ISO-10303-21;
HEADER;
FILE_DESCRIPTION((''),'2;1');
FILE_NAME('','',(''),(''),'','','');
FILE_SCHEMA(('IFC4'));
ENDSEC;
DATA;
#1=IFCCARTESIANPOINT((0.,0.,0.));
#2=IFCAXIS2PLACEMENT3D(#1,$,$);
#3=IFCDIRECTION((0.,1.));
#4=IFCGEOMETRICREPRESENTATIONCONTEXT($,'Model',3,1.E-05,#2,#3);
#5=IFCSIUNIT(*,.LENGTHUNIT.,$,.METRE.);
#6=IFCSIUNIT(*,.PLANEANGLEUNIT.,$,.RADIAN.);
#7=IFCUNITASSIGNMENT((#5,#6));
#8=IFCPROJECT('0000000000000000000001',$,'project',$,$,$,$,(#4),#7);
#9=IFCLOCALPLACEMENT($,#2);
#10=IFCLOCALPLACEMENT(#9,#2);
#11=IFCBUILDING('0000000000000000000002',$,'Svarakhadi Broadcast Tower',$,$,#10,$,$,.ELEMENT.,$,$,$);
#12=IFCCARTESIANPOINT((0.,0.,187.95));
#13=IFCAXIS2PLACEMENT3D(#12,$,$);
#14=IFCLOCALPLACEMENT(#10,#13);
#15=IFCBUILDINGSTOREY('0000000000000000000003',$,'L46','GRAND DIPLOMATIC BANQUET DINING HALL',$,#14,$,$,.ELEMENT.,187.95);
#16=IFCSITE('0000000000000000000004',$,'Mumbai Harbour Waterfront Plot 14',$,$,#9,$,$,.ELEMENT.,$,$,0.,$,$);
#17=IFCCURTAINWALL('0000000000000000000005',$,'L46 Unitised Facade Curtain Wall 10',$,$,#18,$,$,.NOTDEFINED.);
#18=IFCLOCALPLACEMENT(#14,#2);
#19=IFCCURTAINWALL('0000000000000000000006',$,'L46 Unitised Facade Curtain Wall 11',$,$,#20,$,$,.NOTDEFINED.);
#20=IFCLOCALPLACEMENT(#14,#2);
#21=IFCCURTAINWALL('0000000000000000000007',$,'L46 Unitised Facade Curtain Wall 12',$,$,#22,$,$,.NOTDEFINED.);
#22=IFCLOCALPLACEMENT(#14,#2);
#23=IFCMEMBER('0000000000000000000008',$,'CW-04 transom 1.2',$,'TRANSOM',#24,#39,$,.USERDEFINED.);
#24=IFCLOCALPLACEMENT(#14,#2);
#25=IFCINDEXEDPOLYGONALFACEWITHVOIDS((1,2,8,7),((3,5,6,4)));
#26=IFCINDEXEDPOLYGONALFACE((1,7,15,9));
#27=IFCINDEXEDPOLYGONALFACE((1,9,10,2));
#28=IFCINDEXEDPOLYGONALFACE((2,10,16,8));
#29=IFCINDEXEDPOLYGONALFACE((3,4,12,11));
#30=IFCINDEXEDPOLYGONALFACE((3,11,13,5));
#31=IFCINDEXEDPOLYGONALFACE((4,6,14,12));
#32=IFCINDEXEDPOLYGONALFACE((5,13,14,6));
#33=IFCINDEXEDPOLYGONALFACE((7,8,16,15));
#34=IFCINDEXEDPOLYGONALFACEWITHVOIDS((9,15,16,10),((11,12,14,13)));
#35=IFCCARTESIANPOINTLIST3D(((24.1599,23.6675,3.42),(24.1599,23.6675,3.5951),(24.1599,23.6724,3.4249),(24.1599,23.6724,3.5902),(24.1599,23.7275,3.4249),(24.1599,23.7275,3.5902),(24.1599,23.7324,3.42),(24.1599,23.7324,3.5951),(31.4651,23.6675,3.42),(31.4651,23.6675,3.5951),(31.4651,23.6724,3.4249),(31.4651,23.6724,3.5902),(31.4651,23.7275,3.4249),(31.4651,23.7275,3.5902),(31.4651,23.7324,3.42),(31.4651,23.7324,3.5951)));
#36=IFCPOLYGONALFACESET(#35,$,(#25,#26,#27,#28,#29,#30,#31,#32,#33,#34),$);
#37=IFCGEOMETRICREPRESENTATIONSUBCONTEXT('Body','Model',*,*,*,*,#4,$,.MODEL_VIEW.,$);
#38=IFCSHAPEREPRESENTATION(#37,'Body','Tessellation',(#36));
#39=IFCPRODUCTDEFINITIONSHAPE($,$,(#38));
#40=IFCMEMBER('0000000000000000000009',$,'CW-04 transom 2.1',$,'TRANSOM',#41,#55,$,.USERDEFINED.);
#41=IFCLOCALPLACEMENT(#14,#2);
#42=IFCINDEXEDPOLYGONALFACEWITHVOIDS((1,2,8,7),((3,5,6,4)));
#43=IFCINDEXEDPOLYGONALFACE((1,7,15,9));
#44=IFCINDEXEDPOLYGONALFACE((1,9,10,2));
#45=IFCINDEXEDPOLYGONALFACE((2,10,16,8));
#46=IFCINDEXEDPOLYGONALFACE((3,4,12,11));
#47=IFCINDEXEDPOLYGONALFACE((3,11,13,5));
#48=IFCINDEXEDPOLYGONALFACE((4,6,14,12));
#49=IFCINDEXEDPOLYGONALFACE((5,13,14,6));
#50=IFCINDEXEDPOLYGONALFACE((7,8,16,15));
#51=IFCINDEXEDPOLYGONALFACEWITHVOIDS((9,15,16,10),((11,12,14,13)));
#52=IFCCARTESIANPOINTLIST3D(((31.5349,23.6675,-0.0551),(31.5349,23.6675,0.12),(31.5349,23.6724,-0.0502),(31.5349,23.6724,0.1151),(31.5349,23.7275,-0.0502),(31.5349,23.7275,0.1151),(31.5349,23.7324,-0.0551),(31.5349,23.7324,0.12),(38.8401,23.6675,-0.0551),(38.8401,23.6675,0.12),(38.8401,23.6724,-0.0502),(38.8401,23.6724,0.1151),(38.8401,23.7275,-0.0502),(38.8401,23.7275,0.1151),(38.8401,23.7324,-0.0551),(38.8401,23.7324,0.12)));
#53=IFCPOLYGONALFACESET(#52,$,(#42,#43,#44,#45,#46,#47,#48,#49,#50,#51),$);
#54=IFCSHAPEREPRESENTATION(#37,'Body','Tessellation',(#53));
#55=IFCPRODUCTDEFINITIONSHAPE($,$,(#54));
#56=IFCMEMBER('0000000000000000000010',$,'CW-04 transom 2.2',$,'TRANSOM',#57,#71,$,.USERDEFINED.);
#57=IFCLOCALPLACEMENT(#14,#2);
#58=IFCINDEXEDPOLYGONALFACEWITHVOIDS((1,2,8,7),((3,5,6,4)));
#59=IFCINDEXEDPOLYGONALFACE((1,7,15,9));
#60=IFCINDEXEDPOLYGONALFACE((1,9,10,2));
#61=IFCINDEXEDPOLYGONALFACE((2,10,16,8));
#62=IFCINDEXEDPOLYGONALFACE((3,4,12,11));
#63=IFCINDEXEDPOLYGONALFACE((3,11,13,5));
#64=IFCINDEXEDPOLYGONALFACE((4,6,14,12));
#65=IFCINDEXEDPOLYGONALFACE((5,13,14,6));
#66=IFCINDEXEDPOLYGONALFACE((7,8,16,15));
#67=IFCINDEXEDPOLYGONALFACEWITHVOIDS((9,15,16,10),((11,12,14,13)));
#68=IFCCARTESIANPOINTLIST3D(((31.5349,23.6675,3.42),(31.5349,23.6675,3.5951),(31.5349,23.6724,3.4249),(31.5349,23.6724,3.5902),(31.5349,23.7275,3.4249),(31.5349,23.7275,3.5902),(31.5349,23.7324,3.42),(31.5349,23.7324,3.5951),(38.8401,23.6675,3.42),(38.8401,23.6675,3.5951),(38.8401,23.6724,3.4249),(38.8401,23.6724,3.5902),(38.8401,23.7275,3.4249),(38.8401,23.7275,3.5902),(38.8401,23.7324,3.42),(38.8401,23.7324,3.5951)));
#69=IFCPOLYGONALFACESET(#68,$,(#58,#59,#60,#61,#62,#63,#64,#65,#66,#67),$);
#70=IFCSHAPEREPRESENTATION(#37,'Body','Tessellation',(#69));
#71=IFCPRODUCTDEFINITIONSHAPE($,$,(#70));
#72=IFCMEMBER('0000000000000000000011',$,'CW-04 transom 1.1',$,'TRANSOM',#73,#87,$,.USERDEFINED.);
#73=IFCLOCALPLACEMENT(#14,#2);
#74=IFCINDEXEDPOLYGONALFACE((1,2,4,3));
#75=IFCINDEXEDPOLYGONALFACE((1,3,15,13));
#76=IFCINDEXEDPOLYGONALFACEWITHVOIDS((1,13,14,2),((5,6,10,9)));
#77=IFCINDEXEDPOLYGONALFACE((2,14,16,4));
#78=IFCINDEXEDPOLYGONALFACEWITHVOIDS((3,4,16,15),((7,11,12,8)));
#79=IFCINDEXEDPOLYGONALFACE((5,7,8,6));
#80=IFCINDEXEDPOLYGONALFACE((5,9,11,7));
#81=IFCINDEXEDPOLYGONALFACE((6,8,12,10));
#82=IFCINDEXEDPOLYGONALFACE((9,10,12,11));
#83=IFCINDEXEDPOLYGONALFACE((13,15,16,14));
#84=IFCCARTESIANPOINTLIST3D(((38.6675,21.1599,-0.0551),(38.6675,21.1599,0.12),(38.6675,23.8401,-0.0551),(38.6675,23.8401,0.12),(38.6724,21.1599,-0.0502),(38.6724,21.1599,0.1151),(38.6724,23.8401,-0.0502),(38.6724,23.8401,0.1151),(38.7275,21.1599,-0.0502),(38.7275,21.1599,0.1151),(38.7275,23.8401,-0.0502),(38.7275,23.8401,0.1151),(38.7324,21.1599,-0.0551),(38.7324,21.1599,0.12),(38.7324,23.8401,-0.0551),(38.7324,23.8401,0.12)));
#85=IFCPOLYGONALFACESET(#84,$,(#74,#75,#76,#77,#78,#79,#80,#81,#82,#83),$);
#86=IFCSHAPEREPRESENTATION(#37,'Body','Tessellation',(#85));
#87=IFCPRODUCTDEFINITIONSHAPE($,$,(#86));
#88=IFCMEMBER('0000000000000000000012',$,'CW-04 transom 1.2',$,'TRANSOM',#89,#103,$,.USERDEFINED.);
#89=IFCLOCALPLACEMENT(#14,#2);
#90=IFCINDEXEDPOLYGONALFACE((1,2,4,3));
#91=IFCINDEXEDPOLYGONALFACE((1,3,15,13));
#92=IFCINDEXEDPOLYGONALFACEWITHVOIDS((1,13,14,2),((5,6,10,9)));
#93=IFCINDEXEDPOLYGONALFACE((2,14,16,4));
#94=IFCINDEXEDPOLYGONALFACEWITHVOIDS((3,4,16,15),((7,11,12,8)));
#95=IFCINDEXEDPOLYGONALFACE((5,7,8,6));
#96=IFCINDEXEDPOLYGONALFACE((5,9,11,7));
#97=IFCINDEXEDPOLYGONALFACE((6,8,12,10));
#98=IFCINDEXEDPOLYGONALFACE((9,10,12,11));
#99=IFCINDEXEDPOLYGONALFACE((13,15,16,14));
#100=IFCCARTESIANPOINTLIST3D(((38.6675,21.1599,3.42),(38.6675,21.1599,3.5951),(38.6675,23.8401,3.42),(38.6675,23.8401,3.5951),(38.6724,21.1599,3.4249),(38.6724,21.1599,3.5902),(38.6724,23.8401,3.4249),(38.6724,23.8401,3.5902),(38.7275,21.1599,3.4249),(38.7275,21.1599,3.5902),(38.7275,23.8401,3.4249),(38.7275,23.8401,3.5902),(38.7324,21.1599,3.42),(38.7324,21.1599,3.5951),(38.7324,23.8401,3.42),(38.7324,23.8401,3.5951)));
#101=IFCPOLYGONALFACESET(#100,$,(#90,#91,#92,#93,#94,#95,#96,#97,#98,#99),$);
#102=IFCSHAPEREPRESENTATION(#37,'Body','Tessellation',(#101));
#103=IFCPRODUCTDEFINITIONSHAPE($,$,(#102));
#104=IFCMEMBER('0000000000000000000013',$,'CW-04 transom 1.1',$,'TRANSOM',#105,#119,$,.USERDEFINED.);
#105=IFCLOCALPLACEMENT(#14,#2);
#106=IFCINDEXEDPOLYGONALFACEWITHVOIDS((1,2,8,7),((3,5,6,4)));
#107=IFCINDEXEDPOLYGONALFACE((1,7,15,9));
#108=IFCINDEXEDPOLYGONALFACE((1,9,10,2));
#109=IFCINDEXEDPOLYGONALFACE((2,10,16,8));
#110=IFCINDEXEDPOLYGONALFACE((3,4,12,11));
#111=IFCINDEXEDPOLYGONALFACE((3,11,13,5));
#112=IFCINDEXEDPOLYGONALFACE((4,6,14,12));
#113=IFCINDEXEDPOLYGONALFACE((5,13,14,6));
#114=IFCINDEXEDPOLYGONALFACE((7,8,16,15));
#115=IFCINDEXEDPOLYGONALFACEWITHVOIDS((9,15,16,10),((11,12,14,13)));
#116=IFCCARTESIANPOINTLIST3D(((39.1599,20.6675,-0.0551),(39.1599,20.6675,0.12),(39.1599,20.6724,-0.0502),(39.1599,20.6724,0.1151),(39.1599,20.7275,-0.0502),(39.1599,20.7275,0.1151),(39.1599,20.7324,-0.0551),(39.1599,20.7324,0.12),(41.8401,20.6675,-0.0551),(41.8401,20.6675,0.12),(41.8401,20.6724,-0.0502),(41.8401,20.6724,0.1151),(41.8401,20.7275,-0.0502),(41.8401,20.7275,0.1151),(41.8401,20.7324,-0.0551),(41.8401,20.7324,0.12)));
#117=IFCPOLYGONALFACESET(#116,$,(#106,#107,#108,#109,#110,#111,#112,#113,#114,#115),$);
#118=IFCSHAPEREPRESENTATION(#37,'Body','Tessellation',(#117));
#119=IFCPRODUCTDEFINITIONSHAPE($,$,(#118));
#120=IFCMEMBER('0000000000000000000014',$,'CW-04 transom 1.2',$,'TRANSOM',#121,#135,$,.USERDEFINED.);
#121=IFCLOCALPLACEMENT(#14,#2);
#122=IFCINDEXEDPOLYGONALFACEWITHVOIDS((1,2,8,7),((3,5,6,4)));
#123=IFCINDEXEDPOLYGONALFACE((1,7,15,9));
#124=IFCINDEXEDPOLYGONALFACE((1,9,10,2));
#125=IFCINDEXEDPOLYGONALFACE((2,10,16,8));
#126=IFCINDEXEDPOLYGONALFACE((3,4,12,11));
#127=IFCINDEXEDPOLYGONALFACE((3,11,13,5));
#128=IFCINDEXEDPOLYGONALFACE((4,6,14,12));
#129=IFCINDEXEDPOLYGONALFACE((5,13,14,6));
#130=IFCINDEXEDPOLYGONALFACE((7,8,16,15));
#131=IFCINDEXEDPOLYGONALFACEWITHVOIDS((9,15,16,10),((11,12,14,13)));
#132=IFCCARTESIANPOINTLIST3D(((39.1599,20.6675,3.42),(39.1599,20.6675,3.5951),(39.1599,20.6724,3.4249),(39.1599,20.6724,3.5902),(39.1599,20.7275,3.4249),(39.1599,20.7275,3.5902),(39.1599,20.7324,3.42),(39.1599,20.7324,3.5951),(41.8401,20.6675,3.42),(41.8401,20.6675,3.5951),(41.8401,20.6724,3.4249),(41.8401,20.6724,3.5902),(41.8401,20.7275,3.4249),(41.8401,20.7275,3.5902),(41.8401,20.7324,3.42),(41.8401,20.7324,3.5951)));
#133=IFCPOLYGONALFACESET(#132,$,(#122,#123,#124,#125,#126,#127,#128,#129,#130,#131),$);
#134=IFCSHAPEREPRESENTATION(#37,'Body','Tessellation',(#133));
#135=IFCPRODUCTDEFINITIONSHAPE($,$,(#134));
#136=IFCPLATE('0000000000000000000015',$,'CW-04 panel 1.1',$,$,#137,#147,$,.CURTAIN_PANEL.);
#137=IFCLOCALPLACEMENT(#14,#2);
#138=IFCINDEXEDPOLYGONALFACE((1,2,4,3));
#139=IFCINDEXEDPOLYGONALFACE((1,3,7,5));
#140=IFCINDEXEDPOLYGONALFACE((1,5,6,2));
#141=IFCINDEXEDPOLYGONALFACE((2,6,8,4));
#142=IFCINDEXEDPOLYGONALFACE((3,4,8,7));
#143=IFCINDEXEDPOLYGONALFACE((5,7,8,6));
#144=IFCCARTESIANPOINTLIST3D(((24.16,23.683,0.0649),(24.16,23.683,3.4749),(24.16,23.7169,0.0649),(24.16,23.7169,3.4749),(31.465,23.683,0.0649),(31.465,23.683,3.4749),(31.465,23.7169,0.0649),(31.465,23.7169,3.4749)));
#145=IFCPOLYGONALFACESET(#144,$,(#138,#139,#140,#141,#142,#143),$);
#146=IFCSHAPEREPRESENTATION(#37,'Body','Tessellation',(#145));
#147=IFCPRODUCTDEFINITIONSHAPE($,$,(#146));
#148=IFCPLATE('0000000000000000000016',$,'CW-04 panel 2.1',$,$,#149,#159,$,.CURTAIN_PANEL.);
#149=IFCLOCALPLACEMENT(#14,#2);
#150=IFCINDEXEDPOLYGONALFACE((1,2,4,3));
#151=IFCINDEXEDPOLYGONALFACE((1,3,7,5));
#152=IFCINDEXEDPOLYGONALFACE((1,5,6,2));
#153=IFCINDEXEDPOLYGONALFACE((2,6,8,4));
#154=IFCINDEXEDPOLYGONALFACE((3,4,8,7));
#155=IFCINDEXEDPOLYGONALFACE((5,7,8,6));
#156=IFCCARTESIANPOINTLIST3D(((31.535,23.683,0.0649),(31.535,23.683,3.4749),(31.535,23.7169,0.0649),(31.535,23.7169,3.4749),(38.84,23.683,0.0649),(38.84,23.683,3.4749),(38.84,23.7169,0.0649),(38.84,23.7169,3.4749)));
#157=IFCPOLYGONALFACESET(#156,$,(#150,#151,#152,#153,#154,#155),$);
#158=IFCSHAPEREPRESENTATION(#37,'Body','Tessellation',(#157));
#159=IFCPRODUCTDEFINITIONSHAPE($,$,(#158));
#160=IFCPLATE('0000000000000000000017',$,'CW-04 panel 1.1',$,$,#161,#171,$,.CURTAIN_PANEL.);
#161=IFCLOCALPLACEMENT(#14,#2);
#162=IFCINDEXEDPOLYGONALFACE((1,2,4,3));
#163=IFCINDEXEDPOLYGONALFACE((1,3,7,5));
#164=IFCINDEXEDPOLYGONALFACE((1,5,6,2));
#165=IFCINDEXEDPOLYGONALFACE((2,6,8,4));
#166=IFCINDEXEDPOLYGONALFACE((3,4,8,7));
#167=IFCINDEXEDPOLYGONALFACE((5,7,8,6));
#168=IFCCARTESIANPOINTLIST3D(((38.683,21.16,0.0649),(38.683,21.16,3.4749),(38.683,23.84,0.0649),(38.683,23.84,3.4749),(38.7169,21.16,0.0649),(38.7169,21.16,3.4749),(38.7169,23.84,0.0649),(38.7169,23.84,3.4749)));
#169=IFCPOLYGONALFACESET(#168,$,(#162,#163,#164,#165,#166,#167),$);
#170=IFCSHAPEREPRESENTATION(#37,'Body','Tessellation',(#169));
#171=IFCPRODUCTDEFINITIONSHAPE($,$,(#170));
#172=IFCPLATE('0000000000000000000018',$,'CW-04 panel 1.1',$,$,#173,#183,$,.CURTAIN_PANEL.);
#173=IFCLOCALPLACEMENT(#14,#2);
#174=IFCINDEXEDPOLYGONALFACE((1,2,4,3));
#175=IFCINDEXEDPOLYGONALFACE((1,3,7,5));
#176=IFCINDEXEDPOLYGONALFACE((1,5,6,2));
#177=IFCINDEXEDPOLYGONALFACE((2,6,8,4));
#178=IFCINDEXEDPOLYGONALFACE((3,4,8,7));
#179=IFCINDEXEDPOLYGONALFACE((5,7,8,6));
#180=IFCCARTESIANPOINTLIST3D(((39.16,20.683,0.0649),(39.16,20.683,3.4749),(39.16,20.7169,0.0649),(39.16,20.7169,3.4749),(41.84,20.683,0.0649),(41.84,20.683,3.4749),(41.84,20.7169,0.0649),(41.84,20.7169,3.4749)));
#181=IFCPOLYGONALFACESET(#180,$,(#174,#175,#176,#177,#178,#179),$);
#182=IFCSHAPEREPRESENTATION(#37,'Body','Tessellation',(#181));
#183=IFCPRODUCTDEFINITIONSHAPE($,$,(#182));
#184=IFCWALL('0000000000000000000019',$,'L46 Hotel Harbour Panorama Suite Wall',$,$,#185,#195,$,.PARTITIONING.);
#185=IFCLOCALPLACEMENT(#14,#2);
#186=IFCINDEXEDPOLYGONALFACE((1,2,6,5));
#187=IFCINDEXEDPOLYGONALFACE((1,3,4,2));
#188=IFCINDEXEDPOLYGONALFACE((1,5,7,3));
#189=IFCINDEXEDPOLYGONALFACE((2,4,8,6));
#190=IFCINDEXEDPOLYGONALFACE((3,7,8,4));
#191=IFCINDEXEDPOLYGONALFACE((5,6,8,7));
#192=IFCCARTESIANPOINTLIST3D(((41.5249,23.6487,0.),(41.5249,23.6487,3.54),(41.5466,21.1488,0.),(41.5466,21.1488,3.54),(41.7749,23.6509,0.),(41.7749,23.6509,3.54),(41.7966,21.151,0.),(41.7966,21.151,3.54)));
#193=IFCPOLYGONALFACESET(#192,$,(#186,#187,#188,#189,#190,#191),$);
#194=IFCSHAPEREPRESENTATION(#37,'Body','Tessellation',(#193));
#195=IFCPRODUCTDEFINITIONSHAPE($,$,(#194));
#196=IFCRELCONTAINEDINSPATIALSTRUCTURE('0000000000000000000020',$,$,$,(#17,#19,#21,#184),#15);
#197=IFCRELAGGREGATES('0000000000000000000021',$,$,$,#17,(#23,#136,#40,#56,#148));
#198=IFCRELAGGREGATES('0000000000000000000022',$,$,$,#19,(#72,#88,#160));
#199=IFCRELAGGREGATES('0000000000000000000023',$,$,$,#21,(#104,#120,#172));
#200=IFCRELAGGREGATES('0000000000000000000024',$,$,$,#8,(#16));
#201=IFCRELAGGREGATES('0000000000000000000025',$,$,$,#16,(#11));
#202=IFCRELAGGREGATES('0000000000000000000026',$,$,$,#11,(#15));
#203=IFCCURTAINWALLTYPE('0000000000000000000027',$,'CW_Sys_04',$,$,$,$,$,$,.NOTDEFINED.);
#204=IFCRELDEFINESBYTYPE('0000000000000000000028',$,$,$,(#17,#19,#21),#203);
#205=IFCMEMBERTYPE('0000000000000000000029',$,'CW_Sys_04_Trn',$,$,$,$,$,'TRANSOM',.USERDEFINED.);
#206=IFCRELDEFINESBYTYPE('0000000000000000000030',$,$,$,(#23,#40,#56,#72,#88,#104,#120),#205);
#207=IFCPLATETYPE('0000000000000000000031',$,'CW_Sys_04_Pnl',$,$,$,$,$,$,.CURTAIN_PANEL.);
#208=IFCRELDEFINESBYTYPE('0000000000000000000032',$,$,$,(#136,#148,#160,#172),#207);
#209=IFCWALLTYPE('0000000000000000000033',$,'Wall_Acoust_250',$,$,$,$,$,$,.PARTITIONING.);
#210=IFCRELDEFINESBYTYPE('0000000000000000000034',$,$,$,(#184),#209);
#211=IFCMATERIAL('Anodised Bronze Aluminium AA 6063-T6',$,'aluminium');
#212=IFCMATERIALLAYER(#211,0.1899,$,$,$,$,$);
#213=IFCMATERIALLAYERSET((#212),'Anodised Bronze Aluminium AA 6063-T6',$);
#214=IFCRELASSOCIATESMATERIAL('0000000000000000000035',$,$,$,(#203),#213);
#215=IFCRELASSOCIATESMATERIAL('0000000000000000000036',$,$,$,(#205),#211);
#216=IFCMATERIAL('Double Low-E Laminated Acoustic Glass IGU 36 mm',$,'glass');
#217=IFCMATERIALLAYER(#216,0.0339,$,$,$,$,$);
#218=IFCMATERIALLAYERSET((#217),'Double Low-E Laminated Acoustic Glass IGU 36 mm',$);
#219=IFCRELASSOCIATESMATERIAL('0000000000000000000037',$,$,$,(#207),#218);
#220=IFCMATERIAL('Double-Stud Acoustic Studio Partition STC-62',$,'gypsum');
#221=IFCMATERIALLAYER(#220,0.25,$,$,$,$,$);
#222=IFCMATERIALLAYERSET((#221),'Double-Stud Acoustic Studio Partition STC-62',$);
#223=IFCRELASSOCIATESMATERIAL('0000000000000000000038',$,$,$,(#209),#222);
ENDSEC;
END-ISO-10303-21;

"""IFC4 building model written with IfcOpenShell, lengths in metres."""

from ifc_helpers import new_model, si_unit, direction, frame, frame_2d, origin, origin_2d, place, context, subcontext, project, spatial, rectangle, hollow_rectangle, extrude, material, layer, layer_set, material_profile, profile_set, type_object, element, aggregate, save


model = new_model("IFC4")

# Units and contexts
model_context = context("Model", 3, precision=1e-05, world=origin(), true_north=direction((0.0, 1.0)))
body_context = subcontext(model_context, "Body", "Model", "MODEL_VIEW")
ifc_project = project(units=[si_unit("LENGTHUNIT", "METRE"), si_unit("PLANEANGLEUNIT", "RADIAN")], contexts=[model_context])

# Site, building, storey
site_placement = place(None, origin())
site = spatial("IfcSite", under=ifc_project, at=site_placement, Name="Mumbai Harbour Waterfront Plot 14", CompositionType="ELEMENT", RefElevation=0.0)
building_placement = place(site_placement, origin())
building = spatial("IfcBuilding", under=site, at=building_placement, Name="Svarakhadi Broadcast Tower", CompositionType="ELEMENT")
storey_placement = place(building_placement, frame((0.0, 0.0, 187.95)))
storey = spatial("IfcBuildingStorey", under=building, at=storey_placement, Name="L46", Description="GRAND DIPLOMATIC BANQUET DINING HALL", CompositionType="ELEMENT", Elevation=187.95)

# Shared definitions
ifc_material_1 = material(Name="Anodised Bronze Aluminium AA 6063-T6", Category="aluminium")
ifc_layer_1 = layer(ifc_material_1, 0.1899)
ifc_layer_set_1 = layer_set([ifc_layer_1], Name="Anodised Bronze Aluminium AA 6063-T6")
curtain_wall_type = type_object("IfcCurtainWallType", Name="CW_Sys_04", PredefinedType="NOTDEFINED", material=ifc_layer_set_1)

# Curtain walls
curtain_wall_1_placement = place(storey_placement, origin())
curtain_wall_1 = element("IfcCurtainWall", 1, at=curtain_wall_1_placement, inside=storey, type_object=curtain_wall_type, Name="L46 Unitised Facade Curtain Wall 10", PredefinedType="NOTDEFINED")
curtain_wall_2_placement = place(storey_placement, origin())
curtain_wall_2 = element("IfcCurtainWall", 2, at=curtain_wall_2_placement, inside=storey, type_object=curtain_wall_type, Name="L46 Unitised Facade Curtain Wall 11", PredefinedType="NOTDEFINED")

# Curtain wall
curtain_wall_3_placement = place(storey_placement, origin())
curtain_wall_3 = element("IfcCurtainWall", 3, at=curtain_wall_3_placement, inside=storey, type_object=curtain_wall_type, Name="L46 Unitised Facade Curtain Wall 12", PredefinedType="NOTDEFINED")

# Members
ifc_material_profile_1 = material_profile(ifc_material_1, hollow_rectangle(XDim=0.0649, YDim=0.175, WallThickness=0.0049, at=origin_2d()), Name="ALU TRANSOM 175x65x5")
ifc_profile_set_1 = profile_set([ifc_material_profile_1], Name="Anodised Bronze Aluminium AA 6063-T6")
member_type_1 = type_object("IfcMemberType", Name="CW_Sys_04_Trn", ElementType="TRANSOM", PredefinedType="USERDEFINED", material=ifc_profile_set_1)
member_1_placement = place(storey_placement, frame((24.1599, 23.7, 3.5076), z_axis=(1.0, 0.0, 0.0), x_axis=(0.0, 1.0, 0.0)))
member_1 = element("IfcMember", 4, at=member_1_placement, type_object=member_type_1, Name="CW-04 transom 1.2", ObjectType="TRANSOM", PredefinedType="USERDEFINED", context=body_context, shape_type="SweptSolid", body=[
    extrude(hollow_rectangle(XDim=0.0649, YDim=0.175, WallThickness=0.0049, at=origin_2d()), origin(), (0.0, 0.0, 1.0), 7.3052),
])
member_2_placement = place(storey_placement, frame((31.5349, 23.7, 0.0325), z_axis=(1.0, 0.0, 0.0), x_axis=(0.0, 1.0, 0.0)))
member_2 = element("IfcMember", 5, at=member_2_placement, type_object=member_type_1, Name="CW-04 transom 2.1", ObjectType="TRANSOM", PredefinedType="USERDEFINED", context=body_context, shape_type="SweptSolid", body=[
    extrude(hollow_rectangle(XDim=0.0649, YDim=0.175, WallThickness=0.0049, at=origin_2d()), origin(), (0.0, 0.0, 1.0), 7.3052),
])
member_3_placement = place(storey_placement, frame((31.5349, 23.7, 3.5076), z_axis=(1.0, 0.0, 0.0), x_axis=(0.0, 1.0, 0.0)))
member_3 = element("IfcMember", 6, at=member_3_placement, type_object=member_type_1, Name="CW-04 transom 2.2", ObjectType="TRANSOM", PredefinedType="USERDEFINED", context=body_context, shape_type="SweptSolid", body=[
    extrude(hollow_rectangle(XDim=0.0649, YDim=0.175, WallThickness=0.0049, at=origin_2d()), origin(), (0.0, 0.0, 1.0), 7.3052),
])
member_4_placement = place(storey_placement, frame((38.7, 23.8401, 0.0325), z_axis=(0.0, -1.0, 0.0), x_axis=(1.0, 0.0, 0.0)))
member_4 = element("IfcMember", 7, at=member_4_placement, type_object=member_type_1, Name="CW-04 transom 1.1", ObjectType="TRANSOM", PredefinedType="USERDEFINED", context=body_context, shape_type="SweptSolid", body=[
    extrude(hollow_rectangle(XDim=0.0649, YDim=0.175, WallThickness=0.0049, at=origin_2d()), origin(), (0.0, 0.0, 1.0), 2.6802),
])
member_5_placement = place(storey_placement, frame((38.7, 23.8401, 3.5076), z_axis=(0.0, -1.0, 0.0), x_axis=(1.0, 0.0, 0.0)))
member_5 = element("IfcMember", 8, at=member_5_placement, type_object=member_type_1, Name="CW-04 transom 1.2", ObjectType="TRANSOM", PredefinedType="USERDEFINED", context=body_context, shape_type="SweptSolid", body=[
    extrude(hollow_rectangle(XDim=0.0649, YDim=0.175, WallThickness=0.0049, at=origin_2d()), origin(), (0.0, 0.0, 1.0), 2.6802),
])
member_6_placement = place(storey_placement, frame((39.1599, 20.7, 0.0325), z_axis=(1.0, 0.0, 0.0), x_axis=(0.0, 1.0, 0.0)))
member_6 = element("IfcMember", 9, at=member_6_placement, type_object=member_type_1, Name="CW-04 transom 1.1", ObjectType="TRANSOM", PredefinedType="USERDEFINED", context=body_context, shape_type="SweptSolid", body=[
    extrude(hollow_rectangle(XDim=0.0649, YDim=0.175, WallThickness=0.0049, at=origin_2d()), origin(), (0.0, 0.0, 1.0), 2.6802),
])
member_7_placement = place(storey_placement, frame((39.1599, 20.7, 3.5076), z_axis=(1.0, 0.0, 0.0), x_axis=(0.0, 1.0, 0.0)))
member_7 = element("IfcMember", 10, at=member_7_placement, type_object=member_type_1, Name="CW-04 transom 1.2", ObjectType="TRANSOM", PredefinedType="USERDEFINED", context=body_context, shape_type="SweptSolid", body=[
    extrude(hollow_rectangle(XDim=0.0649, YDim=0.175, WallThickness=0.0049, at=origin_2d()), origin(), (0.0, 0.0, 1.0), 2.6802),
])

# Plates
ifc_material_2 = material(Name="Double Low-E Laminated Acoustic Glass IGU 36 mm", Category="glass")
ifc_layer_2 = layer(ifc_material_2, 0.0339)
ifc_layer_set_2 = layer_set([ifc_layer_2], Name="Double Low-E Laminated Acoustic Glass IGU 36 mm")
plate_type = type_object("IfcPlateType", Name="CW_Sys_04_Pnl", PredefinedType="CURTAIN_PANEL", material=ifc_layer_set_2)
plate_1_placement = place(storey_placement, frame((27.8125, 23.7, 0.0649), z_axis=(0.0, 0.0, 1.0), x_axis=(1.0, 0.0, 0.0)))
plate_1 = element("IfcPlate", 11, at=plate_1_placement, type_object=plate_type, Name="CW-04 panel 1.1", PredefinedType="CURTAIN_PANEL", context=body_context, shape_type="SweptSolid", body=[
    extrude(rectangle(XDim=7.3049, YDim=0.0339, at=origin_2d()), origin(), (0.0, 0.0, 1.0), 3.4099),
])
plate_2_placement = place(storey_placement, frame((35.1875, 23.7, 0.0649), z_axis=(0.0, 0.0, 1.0), x_axis=(1.0, 0.0, 0.0)))
plate_2 = element("IfcPlate", 12, at=plate_2_placement, type_object=plate_type, Name="CW-04 panel 2.1", PredefinedType="CURTAIN_PANEL", context=body_context, shape_type="SweptSolid", body=[
    extrude(rectangle(XDim=7.3049, YDim=0.0339, at=origin_2d()), origin(), (0.0, 0.0, 1.0), 3.4099),
])
aggregate(curtain_wall_1, [member_1, plate_1, member_2, member_3, plate_2])
plate_3_placement = place(storey_placement, frame((38.7, 22.5, 0.0649), z_axis=(0.0, 0.0, 1.0), x_axis=(0.0, -1.0, 0.0)))
plate_3 = element("IfcPlate", 13, at=plate_3_placement, type_object=plate_type, Name="CW-04 panel 1.1", PredefinedType="CURTAIN_PANEL", context=body_context, shape_type="SweptSolid", body=[
    extrude(rectangle(XDim=2.6799, YDim=0.0339, at=origin_2d()), origin(), (0.0, 0.0, 1.0), 3.4099),
])
aggregate(curtain_wall_2, [member_4, member_5, plate_3])
plate_4_placement = place(storey_placement, frame((40.5, 20.7, 0.0649), z_axis=(0.0, 0.0, 1.0), x_axis=(1.0, 0.0, 0.0)))
plate_4 = element("IfcPlate", 14, at=plate_4_placement, type_object=plate_type, Name="CW-04 panel 1.1", PredefinedType="CURTAIN_PANEL", context=body_context, shape_type="SweptSolid", body=[
    extrude(rectangle(XDim=2.6799, YDim=0.0339, at=origin_2d()), origin(), (0.0, 0.0, 1.0), 3.4099),
])
aggregate(curtain_wall_3, [member_6, member_7, plate_4])

# Wall
ifc_material_3 = material(Name="Double-Stud Acoustic Studio Partition STC-62", Category="gypsum")
ifc_layer_3 = layer(ifc_material_3, 0.25)
ifc_layer_set_3 = layer_set([ifc_layer_3], Name="Double-Stud Acoustic Studio Partition STC-62")
wall_type_1 = type_object("IfcWallType", Name="Wall_Acoust_250", PredefinedType="PARTITIONING", material=ifc_layer_set_3)
wall_1_placement = place(storey_placement, frame((41.6716, 21.1499, 0.0), z_axis=(0.0, 0.0, 1.0), x_axis=(-0.008691, 0.999962, 0.0)))
element("IfcWall", 15, at=wall_1_placement, inside=storey, type_object=wall_type_1, Name="L46 Hotel Harbour Panorama Suite Wall", PredefinedType="PARTITIONING", context=body_context, shape_type="SweptSolid", body=[
    extrude(rectangle(XDim=2.5, YDim=0.25, at=frame_2d((1.25, 0.0))), origin(), (0.0, 0.0, 1.0), 3.54),
])

save(model, "model.ifc")
